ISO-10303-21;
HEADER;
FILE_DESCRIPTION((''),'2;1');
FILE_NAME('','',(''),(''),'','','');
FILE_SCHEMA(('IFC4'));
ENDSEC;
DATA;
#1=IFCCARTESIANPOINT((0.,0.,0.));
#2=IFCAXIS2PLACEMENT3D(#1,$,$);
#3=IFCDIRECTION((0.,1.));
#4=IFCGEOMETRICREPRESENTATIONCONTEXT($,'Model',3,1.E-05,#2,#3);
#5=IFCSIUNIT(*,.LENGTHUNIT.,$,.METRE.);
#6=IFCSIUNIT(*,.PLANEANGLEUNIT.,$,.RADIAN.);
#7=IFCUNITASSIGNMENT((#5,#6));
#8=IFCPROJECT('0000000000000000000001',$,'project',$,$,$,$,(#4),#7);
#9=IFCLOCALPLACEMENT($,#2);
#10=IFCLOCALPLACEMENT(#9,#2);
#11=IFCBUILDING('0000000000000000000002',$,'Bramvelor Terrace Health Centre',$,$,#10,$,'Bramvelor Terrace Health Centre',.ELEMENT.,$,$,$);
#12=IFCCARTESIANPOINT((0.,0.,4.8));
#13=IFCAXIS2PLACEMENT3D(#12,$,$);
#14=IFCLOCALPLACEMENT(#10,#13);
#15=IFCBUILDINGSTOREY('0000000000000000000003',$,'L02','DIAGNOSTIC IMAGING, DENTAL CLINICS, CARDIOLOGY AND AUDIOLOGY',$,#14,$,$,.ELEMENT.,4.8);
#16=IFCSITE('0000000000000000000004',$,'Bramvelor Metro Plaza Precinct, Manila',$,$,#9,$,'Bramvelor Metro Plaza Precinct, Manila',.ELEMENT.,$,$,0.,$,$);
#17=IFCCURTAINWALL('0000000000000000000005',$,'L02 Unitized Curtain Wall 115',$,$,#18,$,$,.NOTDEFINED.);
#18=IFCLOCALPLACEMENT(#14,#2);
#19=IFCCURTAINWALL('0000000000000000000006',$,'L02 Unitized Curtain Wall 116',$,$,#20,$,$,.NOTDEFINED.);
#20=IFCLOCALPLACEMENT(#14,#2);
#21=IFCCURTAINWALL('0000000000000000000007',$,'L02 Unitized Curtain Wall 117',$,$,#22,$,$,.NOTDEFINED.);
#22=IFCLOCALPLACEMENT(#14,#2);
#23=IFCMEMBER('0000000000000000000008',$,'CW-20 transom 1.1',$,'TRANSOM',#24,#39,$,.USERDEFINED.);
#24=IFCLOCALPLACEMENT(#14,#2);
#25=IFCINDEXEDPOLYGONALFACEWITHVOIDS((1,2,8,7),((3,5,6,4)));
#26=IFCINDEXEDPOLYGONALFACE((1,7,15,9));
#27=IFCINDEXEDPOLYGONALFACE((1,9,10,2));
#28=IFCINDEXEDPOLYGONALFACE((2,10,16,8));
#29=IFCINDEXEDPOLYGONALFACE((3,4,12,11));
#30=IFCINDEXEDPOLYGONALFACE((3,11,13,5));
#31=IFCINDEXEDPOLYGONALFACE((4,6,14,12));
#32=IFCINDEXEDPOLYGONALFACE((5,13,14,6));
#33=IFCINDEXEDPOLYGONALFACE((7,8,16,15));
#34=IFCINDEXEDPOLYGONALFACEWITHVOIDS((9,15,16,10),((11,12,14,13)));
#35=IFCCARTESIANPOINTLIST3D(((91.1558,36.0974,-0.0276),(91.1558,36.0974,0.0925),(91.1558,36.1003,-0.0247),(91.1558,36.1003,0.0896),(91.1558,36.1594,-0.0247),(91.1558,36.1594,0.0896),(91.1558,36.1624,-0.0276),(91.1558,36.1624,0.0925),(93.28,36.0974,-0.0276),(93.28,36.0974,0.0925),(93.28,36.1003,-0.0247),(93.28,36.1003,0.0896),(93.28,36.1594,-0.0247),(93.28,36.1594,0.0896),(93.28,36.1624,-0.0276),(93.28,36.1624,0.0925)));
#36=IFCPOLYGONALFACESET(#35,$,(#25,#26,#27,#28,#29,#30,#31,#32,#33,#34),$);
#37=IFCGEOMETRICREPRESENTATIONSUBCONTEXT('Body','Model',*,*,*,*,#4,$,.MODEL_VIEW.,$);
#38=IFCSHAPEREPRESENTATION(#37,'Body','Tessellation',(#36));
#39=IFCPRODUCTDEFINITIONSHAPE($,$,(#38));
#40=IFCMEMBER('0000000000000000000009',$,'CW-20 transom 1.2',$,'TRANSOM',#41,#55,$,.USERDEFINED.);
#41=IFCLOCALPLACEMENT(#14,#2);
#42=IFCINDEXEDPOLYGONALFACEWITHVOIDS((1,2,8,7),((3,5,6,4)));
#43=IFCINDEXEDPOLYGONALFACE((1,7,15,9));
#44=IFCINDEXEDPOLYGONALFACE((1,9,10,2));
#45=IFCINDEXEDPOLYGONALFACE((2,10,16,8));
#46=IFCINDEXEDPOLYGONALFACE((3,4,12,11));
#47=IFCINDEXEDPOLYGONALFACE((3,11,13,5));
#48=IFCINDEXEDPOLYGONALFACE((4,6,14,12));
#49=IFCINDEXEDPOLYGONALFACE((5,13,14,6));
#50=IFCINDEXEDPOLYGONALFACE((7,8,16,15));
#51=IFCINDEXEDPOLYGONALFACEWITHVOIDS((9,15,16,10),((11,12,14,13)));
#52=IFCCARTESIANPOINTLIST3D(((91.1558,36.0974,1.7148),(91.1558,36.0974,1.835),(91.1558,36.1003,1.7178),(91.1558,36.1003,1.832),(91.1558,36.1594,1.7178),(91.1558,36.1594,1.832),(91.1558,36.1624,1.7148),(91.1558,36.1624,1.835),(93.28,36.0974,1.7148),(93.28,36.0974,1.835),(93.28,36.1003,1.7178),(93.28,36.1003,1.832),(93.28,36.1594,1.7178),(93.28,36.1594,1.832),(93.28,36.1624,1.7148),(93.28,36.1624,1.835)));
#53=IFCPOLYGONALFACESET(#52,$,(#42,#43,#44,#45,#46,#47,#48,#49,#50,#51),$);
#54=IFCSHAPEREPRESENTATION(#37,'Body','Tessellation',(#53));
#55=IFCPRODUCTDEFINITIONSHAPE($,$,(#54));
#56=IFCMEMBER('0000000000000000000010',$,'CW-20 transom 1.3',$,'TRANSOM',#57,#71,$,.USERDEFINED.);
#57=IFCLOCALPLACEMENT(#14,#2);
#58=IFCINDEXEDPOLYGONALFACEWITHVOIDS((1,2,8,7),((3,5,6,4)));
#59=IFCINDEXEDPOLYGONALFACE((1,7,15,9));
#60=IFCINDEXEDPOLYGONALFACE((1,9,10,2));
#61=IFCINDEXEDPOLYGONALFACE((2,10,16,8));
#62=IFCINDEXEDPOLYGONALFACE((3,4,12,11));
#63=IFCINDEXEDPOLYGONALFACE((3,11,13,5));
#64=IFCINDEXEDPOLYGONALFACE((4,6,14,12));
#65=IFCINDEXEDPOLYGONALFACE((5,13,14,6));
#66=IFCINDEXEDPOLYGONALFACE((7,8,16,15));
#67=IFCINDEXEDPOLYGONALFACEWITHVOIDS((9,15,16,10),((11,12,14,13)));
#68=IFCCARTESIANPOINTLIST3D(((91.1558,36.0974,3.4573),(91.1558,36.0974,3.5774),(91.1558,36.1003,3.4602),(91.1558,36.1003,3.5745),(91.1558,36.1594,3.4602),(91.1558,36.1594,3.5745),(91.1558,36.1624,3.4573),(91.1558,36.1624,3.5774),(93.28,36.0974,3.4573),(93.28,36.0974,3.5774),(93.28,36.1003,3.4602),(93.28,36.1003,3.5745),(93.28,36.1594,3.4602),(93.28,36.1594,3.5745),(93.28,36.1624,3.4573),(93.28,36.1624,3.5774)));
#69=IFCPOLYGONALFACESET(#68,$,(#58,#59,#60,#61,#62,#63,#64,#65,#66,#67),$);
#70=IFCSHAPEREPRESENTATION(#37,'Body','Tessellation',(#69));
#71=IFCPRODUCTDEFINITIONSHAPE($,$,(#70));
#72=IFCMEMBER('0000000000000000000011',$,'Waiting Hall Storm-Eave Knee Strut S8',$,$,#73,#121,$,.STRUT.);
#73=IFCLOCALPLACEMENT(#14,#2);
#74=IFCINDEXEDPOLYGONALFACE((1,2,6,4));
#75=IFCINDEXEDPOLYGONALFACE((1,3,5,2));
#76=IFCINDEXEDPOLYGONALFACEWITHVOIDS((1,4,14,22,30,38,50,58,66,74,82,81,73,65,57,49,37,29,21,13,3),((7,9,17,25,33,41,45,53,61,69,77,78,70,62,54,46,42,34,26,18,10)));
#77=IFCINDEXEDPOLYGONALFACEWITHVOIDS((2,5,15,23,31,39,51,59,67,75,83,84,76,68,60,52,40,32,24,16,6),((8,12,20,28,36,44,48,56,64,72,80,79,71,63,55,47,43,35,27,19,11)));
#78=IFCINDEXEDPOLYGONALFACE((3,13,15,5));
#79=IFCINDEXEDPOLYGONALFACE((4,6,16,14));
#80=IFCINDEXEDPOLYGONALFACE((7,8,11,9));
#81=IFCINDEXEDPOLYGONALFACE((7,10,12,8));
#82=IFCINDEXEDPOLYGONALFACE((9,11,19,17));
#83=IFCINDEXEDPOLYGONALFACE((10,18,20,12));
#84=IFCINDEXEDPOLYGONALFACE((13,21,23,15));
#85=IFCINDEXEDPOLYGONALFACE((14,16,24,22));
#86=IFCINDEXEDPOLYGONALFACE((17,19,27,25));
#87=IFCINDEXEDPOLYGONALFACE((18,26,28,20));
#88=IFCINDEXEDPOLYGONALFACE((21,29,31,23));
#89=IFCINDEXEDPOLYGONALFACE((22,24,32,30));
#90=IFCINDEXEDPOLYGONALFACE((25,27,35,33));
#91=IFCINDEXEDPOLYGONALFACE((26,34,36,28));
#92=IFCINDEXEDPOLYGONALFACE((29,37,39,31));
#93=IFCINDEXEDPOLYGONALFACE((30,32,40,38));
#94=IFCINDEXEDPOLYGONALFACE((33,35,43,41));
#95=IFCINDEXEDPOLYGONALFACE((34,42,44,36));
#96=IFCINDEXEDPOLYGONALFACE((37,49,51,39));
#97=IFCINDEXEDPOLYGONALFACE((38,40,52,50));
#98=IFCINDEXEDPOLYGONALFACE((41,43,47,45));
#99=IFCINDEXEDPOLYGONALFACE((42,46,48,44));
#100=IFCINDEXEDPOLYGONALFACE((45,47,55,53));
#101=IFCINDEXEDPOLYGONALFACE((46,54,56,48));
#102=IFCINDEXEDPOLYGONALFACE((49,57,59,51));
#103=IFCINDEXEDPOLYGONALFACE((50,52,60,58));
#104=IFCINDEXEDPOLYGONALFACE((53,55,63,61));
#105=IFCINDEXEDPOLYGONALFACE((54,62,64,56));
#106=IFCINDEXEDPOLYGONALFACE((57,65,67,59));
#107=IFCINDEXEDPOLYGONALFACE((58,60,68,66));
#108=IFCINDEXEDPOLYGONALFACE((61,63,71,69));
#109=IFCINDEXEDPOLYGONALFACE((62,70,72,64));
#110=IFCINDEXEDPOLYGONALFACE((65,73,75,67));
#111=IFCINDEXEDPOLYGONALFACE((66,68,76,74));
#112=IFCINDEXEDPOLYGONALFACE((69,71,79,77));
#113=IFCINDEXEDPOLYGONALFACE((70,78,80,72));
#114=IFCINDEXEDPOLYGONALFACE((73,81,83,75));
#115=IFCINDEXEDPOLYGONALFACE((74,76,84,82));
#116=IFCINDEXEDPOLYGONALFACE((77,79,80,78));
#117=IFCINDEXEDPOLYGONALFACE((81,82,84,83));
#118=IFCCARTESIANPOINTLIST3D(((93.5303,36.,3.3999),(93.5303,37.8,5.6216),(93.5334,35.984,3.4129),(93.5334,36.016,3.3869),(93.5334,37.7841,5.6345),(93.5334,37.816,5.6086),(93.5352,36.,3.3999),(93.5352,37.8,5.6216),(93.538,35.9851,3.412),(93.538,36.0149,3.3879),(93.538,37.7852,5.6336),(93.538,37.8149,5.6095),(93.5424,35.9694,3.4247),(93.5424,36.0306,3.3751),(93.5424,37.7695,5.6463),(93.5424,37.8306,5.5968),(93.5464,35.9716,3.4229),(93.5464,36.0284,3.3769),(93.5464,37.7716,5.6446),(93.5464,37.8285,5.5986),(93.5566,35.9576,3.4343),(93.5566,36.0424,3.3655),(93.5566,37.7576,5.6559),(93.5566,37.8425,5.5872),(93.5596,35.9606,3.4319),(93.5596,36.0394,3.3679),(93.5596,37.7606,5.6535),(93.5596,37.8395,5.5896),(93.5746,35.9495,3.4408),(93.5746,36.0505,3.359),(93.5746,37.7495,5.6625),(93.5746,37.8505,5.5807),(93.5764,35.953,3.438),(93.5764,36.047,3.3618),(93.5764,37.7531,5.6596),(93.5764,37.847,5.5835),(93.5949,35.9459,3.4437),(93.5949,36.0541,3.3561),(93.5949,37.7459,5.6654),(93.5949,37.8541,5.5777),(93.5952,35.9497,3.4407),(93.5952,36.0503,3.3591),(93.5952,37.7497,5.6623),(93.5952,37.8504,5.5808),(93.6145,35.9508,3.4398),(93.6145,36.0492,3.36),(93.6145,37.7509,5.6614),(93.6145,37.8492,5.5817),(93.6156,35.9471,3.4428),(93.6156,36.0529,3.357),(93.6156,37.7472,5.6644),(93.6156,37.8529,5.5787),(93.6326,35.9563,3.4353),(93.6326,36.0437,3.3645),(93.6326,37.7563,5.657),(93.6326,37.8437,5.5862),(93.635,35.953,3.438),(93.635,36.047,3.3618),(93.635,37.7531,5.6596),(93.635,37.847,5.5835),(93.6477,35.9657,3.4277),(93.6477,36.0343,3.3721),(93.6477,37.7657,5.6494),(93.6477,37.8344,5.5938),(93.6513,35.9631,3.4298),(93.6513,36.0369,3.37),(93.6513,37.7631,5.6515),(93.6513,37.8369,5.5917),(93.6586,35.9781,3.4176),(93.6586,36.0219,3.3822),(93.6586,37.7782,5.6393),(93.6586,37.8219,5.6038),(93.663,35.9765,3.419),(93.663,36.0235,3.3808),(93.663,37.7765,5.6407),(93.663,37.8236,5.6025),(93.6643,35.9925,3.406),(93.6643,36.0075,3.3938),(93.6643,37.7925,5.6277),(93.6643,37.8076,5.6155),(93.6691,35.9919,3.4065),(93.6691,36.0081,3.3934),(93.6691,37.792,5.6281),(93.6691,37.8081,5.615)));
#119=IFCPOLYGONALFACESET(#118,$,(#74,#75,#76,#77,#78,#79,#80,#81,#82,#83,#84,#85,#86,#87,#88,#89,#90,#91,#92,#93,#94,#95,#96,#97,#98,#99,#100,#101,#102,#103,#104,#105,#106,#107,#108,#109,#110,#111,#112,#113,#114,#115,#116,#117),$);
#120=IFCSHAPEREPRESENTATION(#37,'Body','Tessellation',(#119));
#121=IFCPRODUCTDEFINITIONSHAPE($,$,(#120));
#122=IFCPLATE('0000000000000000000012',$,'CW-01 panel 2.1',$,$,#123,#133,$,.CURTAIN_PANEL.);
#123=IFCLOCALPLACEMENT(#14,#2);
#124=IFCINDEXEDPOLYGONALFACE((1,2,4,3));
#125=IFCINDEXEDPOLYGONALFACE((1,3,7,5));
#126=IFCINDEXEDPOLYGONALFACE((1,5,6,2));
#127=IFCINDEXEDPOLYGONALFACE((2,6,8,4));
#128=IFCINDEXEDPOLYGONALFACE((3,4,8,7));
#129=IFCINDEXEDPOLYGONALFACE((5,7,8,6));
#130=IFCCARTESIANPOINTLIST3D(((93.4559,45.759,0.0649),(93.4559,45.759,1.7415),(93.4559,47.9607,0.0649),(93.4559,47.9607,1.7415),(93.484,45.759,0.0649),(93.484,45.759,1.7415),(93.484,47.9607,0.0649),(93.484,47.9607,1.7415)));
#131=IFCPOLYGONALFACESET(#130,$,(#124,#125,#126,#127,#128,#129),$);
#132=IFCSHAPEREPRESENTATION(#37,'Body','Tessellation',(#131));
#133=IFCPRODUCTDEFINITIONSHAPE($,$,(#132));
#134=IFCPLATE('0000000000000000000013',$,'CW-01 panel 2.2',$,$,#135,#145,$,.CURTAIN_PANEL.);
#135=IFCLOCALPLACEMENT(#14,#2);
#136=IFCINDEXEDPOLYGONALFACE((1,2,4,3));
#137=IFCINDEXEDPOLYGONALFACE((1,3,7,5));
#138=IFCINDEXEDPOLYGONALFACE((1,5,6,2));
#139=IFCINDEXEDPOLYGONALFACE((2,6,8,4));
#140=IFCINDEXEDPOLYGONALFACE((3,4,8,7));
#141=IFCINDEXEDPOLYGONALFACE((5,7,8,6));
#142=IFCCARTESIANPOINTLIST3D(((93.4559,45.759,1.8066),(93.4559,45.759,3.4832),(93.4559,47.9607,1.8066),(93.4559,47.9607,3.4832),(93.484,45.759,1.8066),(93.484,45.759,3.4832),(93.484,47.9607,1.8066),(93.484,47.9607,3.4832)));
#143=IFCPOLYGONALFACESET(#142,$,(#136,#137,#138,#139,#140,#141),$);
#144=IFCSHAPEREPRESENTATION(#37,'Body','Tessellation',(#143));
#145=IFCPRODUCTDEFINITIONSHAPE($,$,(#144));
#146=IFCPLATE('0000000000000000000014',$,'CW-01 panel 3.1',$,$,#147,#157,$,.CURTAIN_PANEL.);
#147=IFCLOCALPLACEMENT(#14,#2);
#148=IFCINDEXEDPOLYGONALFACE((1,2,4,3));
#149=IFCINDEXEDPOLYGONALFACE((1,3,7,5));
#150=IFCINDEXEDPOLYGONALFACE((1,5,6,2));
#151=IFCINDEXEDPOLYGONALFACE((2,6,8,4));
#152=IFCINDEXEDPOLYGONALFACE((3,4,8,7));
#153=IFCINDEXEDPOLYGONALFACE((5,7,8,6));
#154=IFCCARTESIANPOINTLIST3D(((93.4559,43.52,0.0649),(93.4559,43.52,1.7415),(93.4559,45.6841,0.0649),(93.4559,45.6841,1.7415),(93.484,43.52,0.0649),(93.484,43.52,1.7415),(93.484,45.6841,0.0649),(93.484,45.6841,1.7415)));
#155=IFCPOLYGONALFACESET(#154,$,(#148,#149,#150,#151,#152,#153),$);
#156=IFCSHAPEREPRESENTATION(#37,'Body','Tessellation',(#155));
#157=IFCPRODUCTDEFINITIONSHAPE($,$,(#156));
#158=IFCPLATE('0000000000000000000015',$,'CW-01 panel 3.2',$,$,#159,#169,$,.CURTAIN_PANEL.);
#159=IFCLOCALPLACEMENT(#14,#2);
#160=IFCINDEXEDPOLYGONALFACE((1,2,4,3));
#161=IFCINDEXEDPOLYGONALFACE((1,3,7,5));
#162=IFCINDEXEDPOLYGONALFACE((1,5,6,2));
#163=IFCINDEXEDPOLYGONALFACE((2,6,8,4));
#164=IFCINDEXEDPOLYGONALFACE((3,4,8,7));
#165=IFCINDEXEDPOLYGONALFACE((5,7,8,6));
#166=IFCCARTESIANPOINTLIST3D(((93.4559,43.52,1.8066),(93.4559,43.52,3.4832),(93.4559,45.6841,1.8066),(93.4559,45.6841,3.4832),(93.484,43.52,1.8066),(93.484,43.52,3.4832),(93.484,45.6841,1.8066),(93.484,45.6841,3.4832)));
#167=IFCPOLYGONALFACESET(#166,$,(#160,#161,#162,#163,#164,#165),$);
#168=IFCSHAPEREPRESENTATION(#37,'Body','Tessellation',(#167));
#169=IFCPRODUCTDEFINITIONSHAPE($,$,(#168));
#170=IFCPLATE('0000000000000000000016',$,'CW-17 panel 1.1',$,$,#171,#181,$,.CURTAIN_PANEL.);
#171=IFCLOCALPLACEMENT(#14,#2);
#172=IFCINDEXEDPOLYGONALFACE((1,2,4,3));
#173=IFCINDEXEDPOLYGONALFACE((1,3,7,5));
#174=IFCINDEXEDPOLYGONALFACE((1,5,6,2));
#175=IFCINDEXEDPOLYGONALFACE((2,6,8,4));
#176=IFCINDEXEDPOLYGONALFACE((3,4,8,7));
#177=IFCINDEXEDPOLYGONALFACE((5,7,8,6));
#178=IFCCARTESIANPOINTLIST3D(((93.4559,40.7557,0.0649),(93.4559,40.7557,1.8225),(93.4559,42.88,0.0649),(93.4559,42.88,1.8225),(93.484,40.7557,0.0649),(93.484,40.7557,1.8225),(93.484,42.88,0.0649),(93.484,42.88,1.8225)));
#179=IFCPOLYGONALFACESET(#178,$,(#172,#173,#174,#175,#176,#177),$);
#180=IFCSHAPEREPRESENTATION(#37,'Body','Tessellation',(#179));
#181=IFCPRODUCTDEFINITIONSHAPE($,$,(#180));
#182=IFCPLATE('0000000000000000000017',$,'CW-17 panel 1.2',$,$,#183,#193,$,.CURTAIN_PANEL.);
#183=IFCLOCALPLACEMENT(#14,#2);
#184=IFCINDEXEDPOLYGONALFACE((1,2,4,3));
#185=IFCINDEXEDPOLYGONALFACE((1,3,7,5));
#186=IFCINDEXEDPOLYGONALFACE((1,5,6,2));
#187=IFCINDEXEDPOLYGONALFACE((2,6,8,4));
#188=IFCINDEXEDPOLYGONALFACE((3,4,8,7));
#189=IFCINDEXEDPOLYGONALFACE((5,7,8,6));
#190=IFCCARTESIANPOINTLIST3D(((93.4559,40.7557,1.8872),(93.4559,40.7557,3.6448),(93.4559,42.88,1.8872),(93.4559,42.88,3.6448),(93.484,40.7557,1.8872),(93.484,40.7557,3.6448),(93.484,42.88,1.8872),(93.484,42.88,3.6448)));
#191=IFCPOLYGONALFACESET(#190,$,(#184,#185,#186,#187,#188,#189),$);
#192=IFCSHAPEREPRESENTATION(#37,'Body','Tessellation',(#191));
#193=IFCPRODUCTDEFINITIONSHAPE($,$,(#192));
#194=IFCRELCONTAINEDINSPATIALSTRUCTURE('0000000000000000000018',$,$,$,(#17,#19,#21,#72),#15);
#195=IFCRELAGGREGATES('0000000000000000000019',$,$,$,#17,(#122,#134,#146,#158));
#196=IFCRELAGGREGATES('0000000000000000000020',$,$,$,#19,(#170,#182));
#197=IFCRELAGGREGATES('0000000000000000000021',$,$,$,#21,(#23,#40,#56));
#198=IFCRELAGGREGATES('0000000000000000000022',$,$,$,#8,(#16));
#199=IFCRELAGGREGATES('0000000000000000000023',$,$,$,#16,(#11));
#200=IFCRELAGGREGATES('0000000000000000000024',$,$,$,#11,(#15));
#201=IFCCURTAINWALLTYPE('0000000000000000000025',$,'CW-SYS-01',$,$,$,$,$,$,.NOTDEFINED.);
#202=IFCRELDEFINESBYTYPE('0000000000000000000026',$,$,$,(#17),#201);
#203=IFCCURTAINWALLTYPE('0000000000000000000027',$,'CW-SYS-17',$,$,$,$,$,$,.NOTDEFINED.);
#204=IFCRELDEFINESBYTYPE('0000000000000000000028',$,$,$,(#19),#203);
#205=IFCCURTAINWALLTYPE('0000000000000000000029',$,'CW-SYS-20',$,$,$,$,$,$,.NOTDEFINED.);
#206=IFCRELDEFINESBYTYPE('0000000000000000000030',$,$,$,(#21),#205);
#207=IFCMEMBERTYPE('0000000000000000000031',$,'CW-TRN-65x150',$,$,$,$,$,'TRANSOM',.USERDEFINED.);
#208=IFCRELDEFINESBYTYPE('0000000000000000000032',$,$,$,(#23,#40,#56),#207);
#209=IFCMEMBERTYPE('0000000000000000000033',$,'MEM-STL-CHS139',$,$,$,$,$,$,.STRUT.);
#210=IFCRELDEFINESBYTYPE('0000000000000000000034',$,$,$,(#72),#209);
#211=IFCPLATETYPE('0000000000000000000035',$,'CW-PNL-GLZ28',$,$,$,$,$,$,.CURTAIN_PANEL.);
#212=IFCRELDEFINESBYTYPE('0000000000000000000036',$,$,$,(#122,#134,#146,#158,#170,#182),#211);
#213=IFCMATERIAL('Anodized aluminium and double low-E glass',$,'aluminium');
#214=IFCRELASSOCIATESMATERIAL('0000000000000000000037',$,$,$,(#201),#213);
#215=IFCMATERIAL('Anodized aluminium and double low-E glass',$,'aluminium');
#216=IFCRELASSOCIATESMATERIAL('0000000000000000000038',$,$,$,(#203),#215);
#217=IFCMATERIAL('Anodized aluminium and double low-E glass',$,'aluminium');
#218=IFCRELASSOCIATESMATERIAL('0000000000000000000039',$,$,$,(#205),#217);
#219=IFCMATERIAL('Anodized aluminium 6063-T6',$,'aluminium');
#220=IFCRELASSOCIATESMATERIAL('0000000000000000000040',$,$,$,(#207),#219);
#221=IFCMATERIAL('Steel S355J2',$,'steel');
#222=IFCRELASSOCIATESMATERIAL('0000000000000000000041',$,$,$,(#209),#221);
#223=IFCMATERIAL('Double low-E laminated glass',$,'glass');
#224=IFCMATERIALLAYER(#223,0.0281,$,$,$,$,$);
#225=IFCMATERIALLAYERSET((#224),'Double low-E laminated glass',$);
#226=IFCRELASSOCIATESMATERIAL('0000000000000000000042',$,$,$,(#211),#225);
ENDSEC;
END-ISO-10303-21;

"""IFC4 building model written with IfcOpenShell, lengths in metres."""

from ifc_helpers import new_model, si_unit, direction, frame, origin, origin_2d, place, context, subcontext, project, spatial, rectangle, hollow_rectangle, hollow_circle, extrude, material, layer, layer_set, material_profile, profile_set, type_object, element, aggregate, save


model = new_model("IFC4")

# Units and contexts
model_context = context("Model", 3, precision=1e-05, world=origin(), true_north=direction((0.0, 1.0)))
body_context = subcontext(model_context, "Body", "Model", "MODEL_VIEW")
ifc_project = project(units=[si_unit("LENGTHUNIT", "METRE"), si_unit("PLANEANGLEUNIT", "RADIAN")], contexts=[model_context])

# Site, building, storey
site_placement = place(None, origin())
site = spatial("IfcSite", under=ifc_project, at=site_placement, Name="Bramvelor Metro Plaza Precinct, Manila", LongName="Bramvelor Metro Plaza Precinct, Manila", CompositionType="ELEMENT", RefElevation=0.0)
building_placement = place(site_placement, origin())
building = spatial("IfcBuilding", under=site, at=building_placement, Name="Bramvelor Terrace Health Centre", LongName="Bramvelor Terrace Health Centre", CompositionType="ELEMENT")
storey_placement = place(building_placement, frame((0.0, 0.0, 4.8)))
storey = spatial("IfcBuildingStorey", under=building, at=storey_placement, Name="L02", Description="DIAGNOSTIC IMAGING, DENTAL CLINICS, CARDIOLOGY AND AUDIOLOGY", CompositionType="ELEMENT", Elevation=4.8)

# Curtain walls
ifc_material_1 = material(Name="Anodized aluminium and double low-E glass", Category="aluminium")
curtain_wall_type_1 = type_object("IfcCurtainWallType", Name="CW-SYS-01", PredefinedType="NOTDEFINED", material=ifc_material_1)
curtain_wall_1_placement = place(storey_placement, origin())
curtain_wall_1 = element("IfcCurtainWall", 1, at=curtain_wall_1_placement, inside=storey, type_object=curtain_wall_type_1, Name="L02 Unitized Curtain Wall 115", PredefinedType="NOTDEFINED")
ifc_material_2 = material(Name="Anodized aluminium and double low-E glass", Category="aluminium")
curtain_wall_type_2 = type_object("IfcCurtainWallType", Name="CW-SYS-17", PredefinedType="NOTDEFINED", material=ifc_material_2)
curtain_wall_2_placement = place(storey_placement, origin())
curtain_wall_2 = element("IfcCurtainWall", 2, at=curtain_wall_2_placement, inside=storey, type_object=curtain_wall_type_2, Name="L02 Unitized Curtain Wall 116", PredefinedType="NOTDEFINED")

# Curtain wall
ifc_material_3 = material(Name="Anodized aluminium and double low-E glass", Category="aluminium")
curtain_wall_type_3 = type_object("IfcCurtainWallType", Name="CW-SYS-20", PredefinedType="NOTDEFINED", material=ifc_material_3)
curtain_wall_3_placement = place(storey_placement, origin())
curtain_wall_3 = element("IfcCurtainWall", 3, at=curtain_wall_3_placement, inside=storey, type_object=curtain_wall_type_3, Name="L02 Unitized Curtain Wall 117", PredefinedType="NOTDEFINED")

# Members
ifc_material_4 = material(Name="Anodized aluminium 6063-T6", Category="aluminium")
ifc_material_profile_1 = material_profile(ifc_material_4, hollow_rectangle(XDim=0.0649, YDim=0.1201, WallThickness=0.0029, at=origin_2d()), Name="ALU-TRN 65x120x3.0")
ifc_profile_set_1 = profile_set([ifc_material_profile_1], Name="Anodized aluminium 6063-T6")
member_type_1 = type_object("IfcMemberType", Name="CW-TRN-65x150", ElementType="TRANSOM", PredefinedType="USERDEFINED", material=ifc_profile_set_1)
member_1_placement = place(storey_placement, frame((93.28, 36.1299, 0.0325), z_axis=(-1.0, 0.0, 0.0), x_axis=(0.0, -1.0, 0.0)))
member_1 = element("IfcMember", 4, at=member_1_placement, type_object=member_type_1, Name="CW-20 transom 1.1", ObjectType="TRANSOM", PredefinedType="USERDEFINED", context=body_context, shape_type="SweptSolid", body=[
    extrude(hollow_rectangle(XDim=0.0649, YDim=0.1201, WallThickness=0.0029, at=origin_2d()), origin(), (0.0, 0.0, 1.0), 2.1243),
])
member_2_placement = place(storey_placement, frame((93.28, 36.1299, 1.7749), z_axis=(-1.0, 0.0, 0.0), x_axis=(0.0, -1.0, 0.0)))
member_2 = element("IfcMember", 5, at=member_2_placement, type_object=member_type_1, Name="CW-20 transom 1.2", ObjectType="TRANSOM", PredefinedType="USERDEFINED", context=body_context, shape_type="SweptSolid", body=[
    extrude(hollow_rectangle(XDim=0.0649, YDim=0.1201, WallThickness=0.0029, at=origin_2d()), origin(), (0.0, 0.0, 1.0), 2.1243),
])
member_3_placement = place(storey_placement, frame((93.28, 36.1299, 3.5173), z_axis=(-1.0, 0.0, 0.0), x_axis=(0.0, -1.0, 0.0)))
member_3 = element("IfcMember", 6, at=member_3_placement, type_object=member_type_1, Name="CW-20 transom 1.3", ObjectType="TRANSOM", PredefinedType="USERDEFINED", context=body_context, shape_type="SweptSolid", body=[
    extrude(hollow_rectangle(XDim=0.0649, YDim=0.1201, WallThickness=0.0029, at=origin_2d()), origin(), (0.0, 0.0, 1.0), 2.1243),
])
ifc_material_5 = material(Name="Steel S355J2", Category="steel")
ifc_material_profile_2 = material_profile(ifc_material_5, hollow_circle(Radius=0.0698, WallThickness=0.0049, at=origin_2d()), Name="CHS 139.7x5.0")
ifc_profile_set_2 = profile_set([ifc_material_profile_2], Name="Steel S355J2")
member_type_2 = type_object("IfcMemberType", Name="MEM-STL-CHS139", PredefinedType="STRUT", material=ifc_profile_set_2)
member_4_placement = place(storey_placement, frame((93.6001, 36.0, 3.3999), z_axis=(0.0, 0.629525, 0.77698), x_axis=(-1.0, 0.0, 0.0)))
element("IfcMember", 7, at=member_4_placement, inside=storey, type_object=member_type_2, Name="Waiting Hall Storm-Eave Knee Strut S8", PredefinedType="STRUT", context=body_context, shape_type="SweptSolid", body=[
    extrude(hollow_circle(Radius=0.0698, WallThickness=0.0049, at=origin_2d()), origin(), (0.0, 0.0, 1.0), 2.8594),
])

# Plates
ifc_material_6 = material(Name="Double low-E laminated glass", Category="glass")
ifc_layer_1 = layer(ifc_material_6, 0.0281)
ifc_layer_set_1 = layer_set([ifc_layer_1], Name="Double low-E laminated glass")
plate_type_1 = type_object("IfcPlateType", Name="CW-PNL-GLZ28", PredefinedType="CURTAIN_PANEL", material=ifc_layer_set_1)
plate_1_placement = place(storey_placement, frame((93.47, 46.8599, 0.0649), z_axis=(0.0, 0.0, 1.0), x_axis=(0.0, -1.0, 0.0)))
plate_1 = element("IfcPlate", 8, at=plate_1_placement, type_object=plate_type_1, Name="CW-01 panel 2.1", PredefinedType="CURTAIN_PANEL", context=body_context, shape_type="SweptSolid", body=[
    extrude(rectangle(XDim=2.2017, YDim=0.0281, at=origin_2d()), origin(), (0.0, 0.0, 1.0), 1.6765),
])
plate_2_placement = place(storey_placement, frame((93.47, 46.8599, 1.8066), z_axis=(0.0, 0.0, 1.0), x_axis=(0.0, -1.0, 0.0)))
plate_2 = element("IfcPlate", 9, at=plate_2_placement, type_object=plate_type_1, Name="CW-01 panel 2.2", PredefinedType="CURTAIN_PANEL", context=body_context, shape_type="SweptSolid", body=[
    extrude(rectangle(XDim=2.2017, YDim=0.0281, at=origin_2d()), origin(), (0.0, 0.0, 1.0), 1.6765),
])
plate_3_placement = place(storey_placement, frame((93.47, 44.6021, 0.0649), z_axis=(0.0, 0.0, 1.0), x_axis=(0.0, -1.0, 0.0)))
plate_3 = element("IfcPlate", 10, at=plate_3_placement, type_object=plate_type_1, Name="CW-01 panel 3.1", PredefinedType="CURTAIN_PANEL", context=body_context, shape_type="SweptSolid", body=[
    extrude(rectangle(XDim=2.1641, YDim=0.0281, at=origin_2d()), origin(), (0.0, 0.0, 1.0), 1.6765),
])
plate_4_placement = place(storey_placement, frame((93.47, 44.6021, 1.8066), z_axis=(0.0, 0.0, 1.0), x_axis=(0.0, -1.0, 0.0)))
plate_4 = element("IfcPlate", 11, at=plate_4_placement, type_object=plate_type_1, Name="CW-01 panel 3.2", PredefinedType="CURTAIN_PANEL", context=body_context, shape_type="SweptSolid", body=[
    extrude(rectangle(XDim=2.1641, YDim=0.0281, at=origin_2d()), origin(), (0.0, 0.0, 1.0), 1.6765),
])
aggregate(curtain_wall_1, [plate_1, plate_2, plate_3, plate_4])
plate_5_placement = place(storey_placement, frame((93.47, 41.8179, 0.0649), z_axis=(0.0, 0.0, 1.0), x_axis=(0.0, -1.0, 0.0)))
plate_5 = element("IfcPlate", 12, at=plate_5_placement, type_object=plate_type_1, Name="CW-17 panel 1.1", PredefinedType="CURTAIN_PANEL", context=body_context, shape_type="SweptSolid", body=[
    extrude(rectangle(XDim=2.1243, YDim=0.0281, at=origin_2d()), origin(), (0.0, 0.0, 1.0), 1.7576),
])
plate_6_placement = place(storey_placement, frame((93.47, 41.8179, 1.8872), z_axis=(0.0, 0.0, 1.0), x_axis=(0.0, -1.0, 0.0)))
plate_6 = element("IfcPlate", 13, at=plate_6_placement, type_object=plate_type_1, Name="CW-17 panel 1.2", PredefinedType="CURTAIN_PANEL", context=body_context, shape_type="SweptSolid", body=[
    extrude(rectangle(XDim=2.1243, YDim=0.0281, at=origin_2d()), origin(), (0.0, 0.0, 1.0), 1.7576),
])
aggregate(curtain_wall_2, [plate_5, plate_6])
aggregate(curtain_wall_3, [member_1, member_2, member_3])

save(model, "model.ifc")
